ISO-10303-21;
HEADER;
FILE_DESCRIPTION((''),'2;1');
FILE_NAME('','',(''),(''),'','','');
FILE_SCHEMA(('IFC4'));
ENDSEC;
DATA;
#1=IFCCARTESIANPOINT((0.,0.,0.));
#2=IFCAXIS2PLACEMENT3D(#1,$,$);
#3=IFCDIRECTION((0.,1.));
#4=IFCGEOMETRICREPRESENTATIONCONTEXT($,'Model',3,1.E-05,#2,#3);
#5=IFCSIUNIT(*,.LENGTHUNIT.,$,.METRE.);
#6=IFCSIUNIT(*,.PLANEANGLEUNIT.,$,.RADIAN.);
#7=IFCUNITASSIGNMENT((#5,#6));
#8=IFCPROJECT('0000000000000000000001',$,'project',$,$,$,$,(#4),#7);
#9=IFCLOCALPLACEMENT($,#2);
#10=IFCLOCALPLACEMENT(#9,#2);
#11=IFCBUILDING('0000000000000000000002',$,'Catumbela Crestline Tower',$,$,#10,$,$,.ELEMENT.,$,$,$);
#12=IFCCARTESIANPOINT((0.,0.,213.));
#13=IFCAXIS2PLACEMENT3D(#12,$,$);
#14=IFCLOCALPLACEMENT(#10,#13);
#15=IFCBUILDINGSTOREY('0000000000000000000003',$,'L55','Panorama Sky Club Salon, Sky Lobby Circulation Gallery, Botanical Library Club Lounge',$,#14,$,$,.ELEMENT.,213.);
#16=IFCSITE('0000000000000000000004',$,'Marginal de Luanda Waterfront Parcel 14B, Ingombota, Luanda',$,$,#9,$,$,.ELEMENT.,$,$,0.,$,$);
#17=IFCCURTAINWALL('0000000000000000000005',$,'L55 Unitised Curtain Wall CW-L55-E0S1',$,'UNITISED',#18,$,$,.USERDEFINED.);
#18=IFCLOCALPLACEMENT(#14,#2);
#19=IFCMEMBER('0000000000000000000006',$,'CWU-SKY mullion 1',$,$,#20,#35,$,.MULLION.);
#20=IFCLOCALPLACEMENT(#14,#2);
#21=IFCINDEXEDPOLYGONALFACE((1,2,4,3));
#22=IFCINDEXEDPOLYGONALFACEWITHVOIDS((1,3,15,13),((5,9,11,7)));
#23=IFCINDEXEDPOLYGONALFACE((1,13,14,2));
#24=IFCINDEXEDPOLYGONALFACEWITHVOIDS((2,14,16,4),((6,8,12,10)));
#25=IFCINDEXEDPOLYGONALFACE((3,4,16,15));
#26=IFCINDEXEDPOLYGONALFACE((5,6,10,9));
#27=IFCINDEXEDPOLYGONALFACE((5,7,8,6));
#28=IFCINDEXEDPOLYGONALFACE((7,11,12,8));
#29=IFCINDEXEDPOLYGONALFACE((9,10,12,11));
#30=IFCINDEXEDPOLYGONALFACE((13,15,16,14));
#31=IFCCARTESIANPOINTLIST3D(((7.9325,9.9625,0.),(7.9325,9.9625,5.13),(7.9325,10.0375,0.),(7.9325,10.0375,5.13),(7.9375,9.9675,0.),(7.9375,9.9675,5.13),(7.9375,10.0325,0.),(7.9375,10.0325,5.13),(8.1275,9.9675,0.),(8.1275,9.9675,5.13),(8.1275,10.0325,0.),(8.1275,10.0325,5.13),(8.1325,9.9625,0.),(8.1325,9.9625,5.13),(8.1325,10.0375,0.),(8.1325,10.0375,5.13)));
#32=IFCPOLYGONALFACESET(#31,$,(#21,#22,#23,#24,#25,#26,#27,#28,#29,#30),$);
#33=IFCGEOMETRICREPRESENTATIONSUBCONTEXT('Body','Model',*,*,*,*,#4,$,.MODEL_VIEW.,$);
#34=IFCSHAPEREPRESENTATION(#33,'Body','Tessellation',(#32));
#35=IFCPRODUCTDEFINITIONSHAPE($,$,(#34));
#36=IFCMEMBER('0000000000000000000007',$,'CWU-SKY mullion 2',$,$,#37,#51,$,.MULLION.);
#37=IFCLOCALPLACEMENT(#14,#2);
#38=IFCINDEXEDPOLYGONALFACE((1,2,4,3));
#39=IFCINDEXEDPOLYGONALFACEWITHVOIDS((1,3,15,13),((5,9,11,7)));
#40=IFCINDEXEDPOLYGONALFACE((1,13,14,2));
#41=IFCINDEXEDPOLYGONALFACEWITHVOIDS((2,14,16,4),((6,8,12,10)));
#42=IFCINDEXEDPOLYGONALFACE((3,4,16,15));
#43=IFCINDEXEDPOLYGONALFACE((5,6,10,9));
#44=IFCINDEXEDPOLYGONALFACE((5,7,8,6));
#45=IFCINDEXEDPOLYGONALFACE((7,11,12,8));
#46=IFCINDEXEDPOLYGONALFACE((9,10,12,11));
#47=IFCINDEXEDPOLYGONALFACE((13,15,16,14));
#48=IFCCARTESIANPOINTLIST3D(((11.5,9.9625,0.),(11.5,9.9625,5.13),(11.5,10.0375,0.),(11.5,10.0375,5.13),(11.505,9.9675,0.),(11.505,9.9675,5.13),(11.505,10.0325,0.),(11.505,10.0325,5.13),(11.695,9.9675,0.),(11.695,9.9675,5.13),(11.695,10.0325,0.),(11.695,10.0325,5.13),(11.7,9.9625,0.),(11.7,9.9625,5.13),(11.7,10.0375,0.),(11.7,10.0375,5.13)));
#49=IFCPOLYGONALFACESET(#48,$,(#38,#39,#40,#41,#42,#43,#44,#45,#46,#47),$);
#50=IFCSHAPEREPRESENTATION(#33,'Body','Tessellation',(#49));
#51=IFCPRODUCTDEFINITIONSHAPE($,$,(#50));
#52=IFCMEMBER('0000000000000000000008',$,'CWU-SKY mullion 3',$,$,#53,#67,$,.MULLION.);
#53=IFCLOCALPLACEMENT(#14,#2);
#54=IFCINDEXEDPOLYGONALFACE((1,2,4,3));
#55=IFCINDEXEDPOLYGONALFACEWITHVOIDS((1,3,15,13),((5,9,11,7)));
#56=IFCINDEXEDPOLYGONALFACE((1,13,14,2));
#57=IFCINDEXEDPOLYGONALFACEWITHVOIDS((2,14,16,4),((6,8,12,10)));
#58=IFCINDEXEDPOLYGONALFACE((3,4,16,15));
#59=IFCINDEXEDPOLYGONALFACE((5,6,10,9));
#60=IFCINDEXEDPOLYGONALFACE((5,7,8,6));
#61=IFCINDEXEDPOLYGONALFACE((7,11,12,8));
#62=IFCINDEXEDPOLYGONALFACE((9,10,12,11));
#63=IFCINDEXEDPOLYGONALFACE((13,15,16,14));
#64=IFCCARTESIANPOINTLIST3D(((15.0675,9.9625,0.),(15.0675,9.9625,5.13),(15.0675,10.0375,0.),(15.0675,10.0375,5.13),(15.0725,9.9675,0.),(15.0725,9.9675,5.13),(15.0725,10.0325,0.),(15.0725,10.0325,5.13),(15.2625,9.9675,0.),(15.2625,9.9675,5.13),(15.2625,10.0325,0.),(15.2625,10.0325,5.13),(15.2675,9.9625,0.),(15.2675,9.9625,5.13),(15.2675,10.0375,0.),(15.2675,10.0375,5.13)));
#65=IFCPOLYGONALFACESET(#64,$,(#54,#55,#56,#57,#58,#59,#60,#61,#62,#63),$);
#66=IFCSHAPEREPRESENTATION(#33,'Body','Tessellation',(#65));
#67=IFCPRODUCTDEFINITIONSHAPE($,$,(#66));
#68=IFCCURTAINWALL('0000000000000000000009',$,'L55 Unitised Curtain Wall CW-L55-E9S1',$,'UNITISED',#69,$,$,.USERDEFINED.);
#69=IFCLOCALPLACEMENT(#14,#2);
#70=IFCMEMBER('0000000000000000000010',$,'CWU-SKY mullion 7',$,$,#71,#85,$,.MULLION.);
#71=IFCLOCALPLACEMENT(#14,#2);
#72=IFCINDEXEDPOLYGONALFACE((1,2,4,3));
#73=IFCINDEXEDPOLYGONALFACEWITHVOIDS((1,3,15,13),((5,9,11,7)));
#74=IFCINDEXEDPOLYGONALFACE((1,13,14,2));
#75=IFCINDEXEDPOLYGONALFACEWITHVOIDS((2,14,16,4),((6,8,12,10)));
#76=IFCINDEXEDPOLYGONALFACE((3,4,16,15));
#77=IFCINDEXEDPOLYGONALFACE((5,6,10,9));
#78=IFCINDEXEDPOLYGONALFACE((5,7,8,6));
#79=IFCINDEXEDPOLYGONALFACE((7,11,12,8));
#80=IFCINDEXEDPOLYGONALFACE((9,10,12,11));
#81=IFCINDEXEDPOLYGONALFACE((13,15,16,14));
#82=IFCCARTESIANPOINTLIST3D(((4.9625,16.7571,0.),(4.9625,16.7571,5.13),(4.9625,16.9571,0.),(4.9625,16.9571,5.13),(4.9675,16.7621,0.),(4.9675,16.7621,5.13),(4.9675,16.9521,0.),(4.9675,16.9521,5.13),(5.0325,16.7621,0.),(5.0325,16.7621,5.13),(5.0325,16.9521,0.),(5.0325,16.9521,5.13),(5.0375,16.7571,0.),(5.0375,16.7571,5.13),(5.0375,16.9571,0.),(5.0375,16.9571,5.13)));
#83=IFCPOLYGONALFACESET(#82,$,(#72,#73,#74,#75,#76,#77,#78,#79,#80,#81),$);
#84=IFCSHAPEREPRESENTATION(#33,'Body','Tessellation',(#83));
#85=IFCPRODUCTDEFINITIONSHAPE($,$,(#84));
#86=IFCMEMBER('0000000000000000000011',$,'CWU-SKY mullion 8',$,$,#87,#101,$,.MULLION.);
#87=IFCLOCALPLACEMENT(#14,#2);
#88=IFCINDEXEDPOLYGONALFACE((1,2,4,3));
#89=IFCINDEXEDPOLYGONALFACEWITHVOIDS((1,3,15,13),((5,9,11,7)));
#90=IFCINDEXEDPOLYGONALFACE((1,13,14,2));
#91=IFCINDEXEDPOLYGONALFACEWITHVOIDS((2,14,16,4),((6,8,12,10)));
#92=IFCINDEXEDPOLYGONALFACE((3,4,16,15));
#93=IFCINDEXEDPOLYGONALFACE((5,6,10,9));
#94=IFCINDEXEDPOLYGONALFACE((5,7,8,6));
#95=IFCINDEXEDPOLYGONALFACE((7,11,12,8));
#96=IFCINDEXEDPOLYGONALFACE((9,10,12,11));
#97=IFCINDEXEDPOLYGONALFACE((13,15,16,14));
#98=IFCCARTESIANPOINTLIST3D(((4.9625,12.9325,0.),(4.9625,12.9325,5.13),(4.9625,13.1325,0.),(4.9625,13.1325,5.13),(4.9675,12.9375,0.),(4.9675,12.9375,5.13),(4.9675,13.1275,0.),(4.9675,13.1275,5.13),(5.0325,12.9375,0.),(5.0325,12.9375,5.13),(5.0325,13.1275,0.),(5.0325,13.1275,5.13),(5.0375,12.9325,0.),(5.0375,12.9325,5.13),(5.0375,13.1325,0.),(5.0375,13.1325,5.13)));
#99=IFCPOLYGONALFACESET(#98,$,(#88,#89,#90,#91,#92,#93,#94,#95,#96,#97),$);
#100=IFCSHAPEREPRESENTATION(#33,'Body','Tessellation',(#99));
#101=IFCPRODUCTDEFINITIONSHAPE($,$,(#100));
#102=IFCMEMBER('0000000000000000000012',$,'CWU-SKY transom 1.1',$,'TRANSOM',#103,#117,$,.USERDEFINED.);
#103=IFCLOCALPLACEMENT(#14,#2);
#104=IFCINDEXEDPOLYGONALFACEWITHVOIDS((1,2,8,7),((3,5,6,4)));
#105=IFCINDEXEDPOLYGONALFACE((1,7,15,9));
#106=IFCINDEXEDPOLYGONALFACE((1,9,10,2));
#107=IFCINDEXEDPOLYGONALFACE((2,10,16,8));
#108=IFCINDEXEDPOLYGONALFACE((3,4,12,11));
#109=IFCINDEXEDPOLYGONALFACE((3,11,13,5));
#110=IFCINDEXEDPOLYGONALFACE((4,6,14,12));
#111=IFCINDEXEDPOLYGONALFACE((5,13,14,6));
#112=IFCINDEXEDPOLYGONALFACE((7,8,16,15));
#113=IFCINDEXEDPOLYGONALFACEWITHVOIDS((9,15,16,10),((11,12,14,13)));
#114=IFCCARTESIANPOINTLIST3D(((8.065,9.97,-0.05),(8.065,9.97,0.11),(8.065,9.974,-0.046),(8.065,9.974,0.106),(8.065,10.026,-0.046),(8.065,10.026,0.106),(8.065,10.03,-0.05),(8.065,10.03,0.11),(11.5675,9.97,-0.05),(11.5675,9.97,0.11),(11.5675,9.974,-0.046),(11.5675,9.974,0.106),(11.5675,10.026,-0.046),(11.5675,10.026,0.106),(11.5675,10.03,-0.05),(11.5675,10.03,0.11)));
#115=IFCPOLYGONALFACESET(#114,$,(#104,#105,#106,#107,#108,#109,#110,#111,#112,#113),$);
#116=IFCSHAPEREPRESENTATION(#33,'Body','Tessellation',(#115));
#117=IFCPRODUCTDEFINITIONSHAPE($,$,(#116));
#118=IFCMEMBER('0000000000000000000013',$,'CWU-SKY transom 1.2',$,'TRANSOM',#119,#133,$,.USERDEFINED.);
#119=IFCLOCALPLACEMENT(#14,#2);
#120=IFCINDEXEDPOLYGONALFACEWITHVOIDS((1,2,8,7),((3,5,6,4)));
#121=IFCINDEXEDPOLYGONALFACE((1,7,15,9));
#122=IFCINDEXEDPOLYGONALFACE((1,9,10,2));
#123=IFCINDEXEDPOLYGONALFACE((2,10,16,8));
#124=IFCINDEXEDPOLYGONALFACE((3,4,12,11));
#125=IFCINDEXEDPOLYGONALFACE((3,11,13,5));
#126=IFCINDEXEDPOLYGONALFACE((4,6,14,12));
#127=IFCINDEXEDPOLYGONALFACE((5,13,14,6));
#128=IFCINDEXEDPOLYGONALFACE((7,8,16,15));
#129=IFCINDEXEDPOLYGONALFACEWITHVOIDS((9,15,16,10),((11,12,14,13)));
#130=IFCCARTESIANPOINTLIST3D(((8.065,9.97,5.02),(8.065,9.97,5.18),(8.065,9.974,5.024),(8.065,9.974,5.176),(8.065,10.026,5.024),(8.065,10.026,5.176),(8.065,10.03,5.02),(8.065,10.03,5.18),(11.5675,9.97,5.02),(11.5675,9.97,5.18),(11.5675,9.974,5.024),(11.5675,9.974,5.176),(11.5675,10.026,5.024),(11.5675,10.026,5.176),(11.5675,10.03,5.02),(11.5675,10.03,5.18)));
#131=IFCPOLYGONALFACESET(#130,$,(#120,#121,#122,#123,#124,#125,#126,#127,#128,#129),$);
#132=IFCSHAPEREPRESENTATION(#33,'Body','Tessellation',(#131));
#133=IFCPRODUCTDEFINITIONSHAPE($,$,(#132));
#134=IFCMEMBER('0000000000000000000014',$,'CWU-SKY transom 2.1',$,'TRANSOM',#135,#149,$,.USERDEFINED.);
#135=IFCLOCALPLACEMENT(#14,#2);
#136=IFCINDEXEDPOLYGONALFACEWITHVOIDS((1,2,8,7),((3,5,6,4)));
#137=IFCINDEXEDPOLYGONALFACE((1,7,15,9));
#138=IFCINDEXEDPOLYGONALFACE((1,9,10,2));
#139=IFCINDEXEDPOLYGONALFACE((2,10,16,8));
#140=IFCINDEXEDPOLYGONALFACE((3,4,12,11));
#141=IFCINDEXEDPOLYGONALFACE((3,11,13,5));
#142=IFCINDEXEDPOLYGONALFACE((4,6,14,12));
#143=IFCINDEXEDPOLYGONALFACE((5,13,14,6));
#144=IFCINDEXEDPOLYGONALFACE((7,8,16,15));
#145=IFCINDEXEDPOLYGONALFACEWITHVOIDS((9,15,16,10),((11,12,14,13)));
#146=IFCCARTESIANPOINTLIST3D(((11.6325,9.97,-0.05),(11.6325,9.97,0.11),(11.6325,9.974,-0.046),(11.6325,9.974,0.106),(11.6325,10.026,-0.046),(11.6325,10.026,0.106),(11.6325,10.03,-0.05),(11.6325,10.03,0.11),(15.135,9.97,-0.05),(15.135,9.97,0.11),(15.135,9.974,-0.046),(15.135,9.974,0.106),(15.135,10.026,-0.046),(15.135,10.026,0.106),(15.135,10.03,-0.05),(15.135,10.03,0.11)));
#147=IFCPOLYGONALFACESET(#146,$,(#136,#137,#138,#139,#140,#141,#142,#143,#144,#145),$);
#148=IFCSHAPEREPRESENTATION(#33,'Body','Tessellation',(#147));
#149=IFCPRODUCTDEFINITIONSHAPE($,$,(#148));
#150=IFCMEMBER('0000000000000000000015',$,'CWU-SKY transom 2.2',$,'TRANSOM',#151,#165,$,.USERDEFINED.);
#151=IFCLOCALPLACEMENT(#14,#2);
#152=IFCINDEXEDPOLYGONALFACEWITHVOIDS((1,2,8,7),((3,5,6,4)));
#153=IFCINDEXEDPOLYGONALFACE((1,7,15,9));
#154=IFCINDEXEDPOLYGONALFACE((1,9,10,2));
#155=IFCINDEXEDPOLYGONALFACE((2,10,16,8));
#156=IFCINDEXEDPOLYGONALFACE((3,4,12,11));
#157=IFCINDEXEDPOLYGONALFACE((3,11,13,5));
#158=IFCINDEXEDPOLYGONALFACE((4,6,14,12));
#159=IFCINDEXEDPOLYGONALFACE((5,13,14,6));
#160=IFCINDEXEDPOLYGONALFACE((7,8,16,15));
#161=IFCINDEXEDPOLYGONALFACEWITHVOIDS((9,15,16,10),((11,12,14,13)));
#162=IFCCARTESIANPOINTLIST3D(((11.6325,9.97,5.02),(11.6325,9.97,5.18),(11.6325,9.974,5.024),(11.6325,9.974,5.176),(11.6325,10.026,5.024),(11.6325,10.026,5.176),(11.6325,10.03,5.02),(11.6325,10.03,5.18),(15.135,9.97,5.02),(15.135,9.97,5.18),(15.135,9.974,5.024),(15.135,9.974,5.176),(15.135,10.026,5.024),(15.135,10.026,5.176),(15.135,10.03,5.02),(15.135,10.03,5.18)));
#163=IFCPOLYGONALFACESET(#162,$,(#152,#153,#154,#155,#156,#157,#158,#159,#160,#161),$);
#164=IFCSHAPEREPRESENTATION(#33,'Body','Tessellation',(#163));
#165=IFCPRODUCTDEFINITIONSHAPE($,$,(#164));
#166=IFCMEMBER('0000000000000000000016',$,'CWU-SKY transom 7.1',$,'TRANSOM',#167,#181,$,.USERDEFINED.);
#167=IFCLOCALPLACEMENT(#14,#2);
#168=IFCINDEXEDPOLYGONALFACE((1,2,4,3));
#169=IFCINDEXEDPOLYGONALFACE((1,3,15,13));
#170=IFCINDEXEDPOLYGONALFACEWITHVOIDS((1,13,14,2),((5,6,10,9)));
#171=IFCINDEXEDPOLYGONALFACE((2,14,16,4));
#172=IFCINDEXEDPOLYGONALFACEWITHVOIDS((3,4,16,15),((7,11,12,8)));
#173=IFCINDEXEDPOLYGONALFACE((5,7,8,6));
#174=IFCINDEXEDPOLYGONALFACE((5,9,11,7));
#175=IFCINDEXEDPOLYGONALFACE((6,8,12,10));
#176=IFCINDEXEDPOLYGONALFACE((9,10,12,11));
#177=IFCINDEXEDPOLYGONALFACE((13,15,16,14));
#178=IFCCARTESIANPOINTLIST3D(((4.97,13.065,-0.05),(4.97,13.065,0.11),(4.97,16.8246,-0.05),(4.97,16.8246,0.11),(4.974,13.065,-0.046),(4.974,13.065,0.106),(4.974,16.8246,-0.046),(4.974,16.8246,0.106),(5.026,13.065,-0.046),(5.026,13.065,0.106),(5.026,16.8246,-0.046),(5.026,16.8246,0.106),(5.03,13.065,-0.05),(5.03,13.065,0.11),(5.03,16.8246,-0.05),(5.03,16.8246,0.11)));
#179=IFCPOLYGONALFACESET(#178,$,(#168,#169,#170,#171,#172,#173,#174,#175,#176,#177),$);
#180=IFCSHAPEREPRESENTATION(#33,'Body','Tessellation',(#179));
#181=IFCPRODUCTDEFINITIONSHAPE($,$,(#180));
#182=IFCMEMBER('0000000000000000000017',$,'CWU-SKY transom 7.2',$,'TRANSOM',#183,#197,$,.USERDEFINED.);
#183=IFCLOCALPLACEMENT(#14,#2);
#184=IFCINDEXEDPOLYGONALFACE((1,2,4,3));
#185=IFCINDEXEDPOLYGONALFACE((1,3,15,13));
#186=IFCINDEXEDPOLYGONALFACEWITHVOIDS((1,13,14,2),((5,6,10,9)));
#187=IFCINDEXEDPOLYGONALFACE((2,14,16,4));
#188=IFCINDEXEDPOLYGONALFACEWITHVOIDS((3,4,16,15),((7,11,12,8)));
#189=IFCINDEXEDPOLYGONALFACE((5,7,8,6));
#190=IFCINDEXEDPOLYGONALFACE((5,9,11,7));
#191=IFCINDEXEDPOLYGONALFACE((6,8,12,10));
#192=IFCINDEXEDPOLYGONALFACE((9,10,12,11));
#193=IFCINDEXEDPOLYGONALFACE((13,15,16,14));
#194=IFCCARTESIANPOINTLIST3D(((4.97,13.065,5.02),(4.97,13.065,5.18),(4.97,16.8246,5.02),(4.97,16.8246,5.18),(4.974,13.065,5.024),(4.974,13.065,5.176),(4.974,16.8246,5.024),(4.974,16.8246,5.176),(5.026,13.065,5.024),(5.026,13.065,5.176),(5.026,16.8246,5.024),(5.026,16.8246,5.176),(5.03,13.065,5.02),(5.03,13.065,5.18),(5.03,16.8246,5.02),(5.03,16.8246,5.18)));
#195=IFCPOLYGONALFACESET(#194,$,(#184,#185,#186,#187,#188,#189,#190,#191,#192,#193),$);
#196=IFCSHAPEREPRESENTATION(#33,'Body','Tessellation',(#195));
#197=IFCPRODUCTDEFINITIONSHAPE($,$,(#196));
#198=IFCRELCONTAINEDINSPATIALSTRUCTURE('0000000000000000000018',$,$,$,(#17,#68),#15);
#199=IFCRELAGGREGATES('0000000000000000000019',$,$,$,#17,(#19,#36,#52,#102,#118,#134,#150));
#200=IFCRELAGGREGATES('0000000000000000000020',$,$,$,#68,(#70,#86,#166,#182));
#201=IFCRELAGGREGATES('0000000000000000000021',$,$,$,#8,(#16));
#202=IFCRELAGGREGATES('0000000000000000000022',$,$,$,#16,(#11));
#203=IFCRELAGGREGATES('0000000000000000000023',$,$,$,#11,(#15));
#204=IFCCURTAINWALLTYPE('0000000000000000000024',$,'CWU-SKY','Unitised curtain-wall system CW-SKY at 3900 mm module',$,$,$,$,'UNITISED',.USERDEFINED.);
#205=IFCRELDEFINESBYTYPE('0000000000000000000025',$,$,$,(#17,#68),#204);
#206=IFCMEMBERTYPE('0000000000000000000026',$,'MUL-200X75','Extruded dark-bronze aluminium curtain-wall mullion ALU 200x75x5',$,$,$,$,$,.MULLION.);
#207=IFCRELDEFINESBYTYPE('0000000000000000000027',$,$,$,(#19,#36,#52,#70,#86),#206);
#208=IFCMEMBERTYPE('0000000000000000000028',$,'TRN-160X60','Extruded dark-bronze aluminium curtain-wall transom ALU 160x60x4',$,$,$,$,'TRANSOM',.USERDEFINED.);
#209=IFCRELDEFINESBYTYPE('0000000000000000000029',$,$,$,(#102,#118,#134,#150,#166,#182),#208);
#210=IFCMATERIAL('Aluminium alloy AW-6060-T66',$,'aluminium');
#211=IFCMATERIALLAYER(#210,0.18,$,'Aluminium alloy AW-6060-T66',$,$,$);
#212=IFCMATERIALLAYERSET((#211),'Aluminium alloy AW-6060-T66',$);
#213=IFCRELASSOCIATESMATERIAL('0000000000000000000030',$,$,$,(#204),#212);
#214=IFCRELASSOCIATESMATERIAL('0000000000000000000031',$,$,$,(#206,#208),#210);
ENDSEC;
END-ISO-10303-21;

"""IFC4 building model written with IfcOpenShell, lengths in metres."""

from ifc_helpers import new_model, si_unit, direction, frame, origin, origin_2d, place, context, subcontext, project, spatial, hollow_rectangle, extrude, material, layer, layer_set, material_profile, profile_set, type_object, element, aggregate, save


model = new_model("IFC4")

# Units and contexts
model_context = context("Model", 3, precision=1e-05, world=origin(), true_north=direction((0.0, 1.0)))
body_context = subcontext(model_context, "Body", "Model", "MODEL_VIEW")
ifc_project = project(units=[si_unit("LENGTHUNIT", "METRE"), si_unit("PLANEANGLEUNIT", "RADIAN")], contexts=[model_context])

# Site, building, storey
site_placement = place(None, origin())
site = spatial("IfcSite", under=ifc_project, at=site_placement, Name="Marginal de Luanda Waterfront Parcel 14B, Ingombota, Luanda", CompositionType="ELEMENT", RefElevation=0.0)
building_placement = place(site_placement, origin())
building = spatial("IfcBuilding", under=site, at=building_placement, Name="Catumbela Crestline Tower", CompositionType="ELEMENT")
storey_placement = place(building_placement, frame((0.0, 0.0, 213.0)))
storey = spatial("IfcBuildingStorey", under=building, at=storey_placement, Name="L55", Description="Panorama Sky Club Salon, Sky Lobby Circulation Gallery, Botanical Library Club Lounge", CompositionType="ELEMENT", Elevation=213.0)

# Curtain walls, members
ifc_material_1 = material(Name="Aluminium alloy AW-6060-T66", Category="aluminium")
ifc_layer_1 = layer(ifc_material_1, 0.18, Name="Aluminium alloy AW-6060-T66")
ifc_layer_set_1 = layer_set([ifc_layer_1], Name="Aluminium alloy AW-6060-T66")
curtain_wall_type = type_object("IfcCurtainWallType", Name="CWU-SKY", Description="Unitised curtain-wall system CW-SKY at 3900 mm module", ElementType="UNITISED", PredefinedType="USERDEFINED", material=ifc_layer_set_1)
curtain_wall_1_placement = place(storey_placement, origin())
curtain_wall_1 = element("IfcCurtainWall", 1, at=curtain_wall_1_placement, inside=storey, type_object=curtain_wall_type, Name="L55 Unitised Curtain Wall CW-L55-E0S1", ObjectType="UNITISED", PredefinedType="USERDEFINED")
ifc_material_profile_1 = material_profile(ifc_material_1, hollow_rectangle(XDim=0.075, YDim=0.2, WallThickness=0.005, at=origin_2d()), Name="ALU 200x75x5")
ifc_profile_set_1 = profile_set([ifc_material_profile_1], Name="Aluminium alloy AW-6060-T66")
member_type_1 = type_object("IfcMemberType", Name="MUL-200X75", Description="Extruded dark-bronze aluminium curtain-wall mullion ALU 200x75x5", PredefinedType="MULLION", material=ifc_profile_set_1)
member_1_placement = place(storey_placement, frame((8.0325, 10.0, 0.0), z_axis=(0.0, 0.0, 1.0), x_axis=(0.0, 1.0, 0.0)))
member_1 = element("IfcMember", 2, at=member_1_placement, type_object=member_type_1, Name="CWU-SKY mullion 1", PredefinedType="MULLION", context=body_context, shape_type="SweptSolid", body=[
    extrude(hollow_rectangle(XDim=0.075, YDim=0.2, WallThickness=0.005, at=origin_2d()), origin(), (0.0, 0.0, 1.0), 5.13),
])
member_2_placement = place(storey_placement, frame((11.6, 10.0, 0.0), z_axis=(0.0, 0.0, 1.0), x_axis=(0.0, 1.0, 0.0)))
member_2 = element("IfcMember", 3, at=member_2_placement, type_object=member_type_1, Name="CWU-SKY mullion 2", PredefinedType="MULLION", context=body_context, shape_type="SweptSolid", body=[
    extrude(hollow_rectangle(XDim=0.075, YDim=0.2, WallThickness=0.005, at=origin_2d()), origin(), (0.0, 0.0, 1.0), 5.13),
])
member_3_placement = place(storey_placement, frame((15.1675, 10.0, 0.0), z_axis=(0.0, 0.0, 1.0), x_axis=(0.0, 1.0, 0.0)))
member_3 = element("IfcMember", 4, at=member_3_placement, type_object=member_type_1, Name="CWU-SKY mullion 3", PredefinedType="MULLION", context=body_context, shape_type="SweptSolid", body=[
    extrude(hollow_rectangle(XDim=0.075, YDim=0.2, WallThickness=0.005, at=origin_2d()), origin(), (0.0, 0.0, 1.0), 5.13),
])
curtain_wall_2_placement = place(storey_placement, origin())
curtain_wall_2 = element("IfcCurtainWall", 5, at=curtain_wall_2_placement, inside=storey, type_object=curtain_wall_type, Name="L55 Unitised Curtain Wall CW-L55-E9S1", ObjectType="UNITISED", PredefinedType="USERDEFINED")
member_4_placement = place(storey_placement, frame((5.0, 16.8571, 0.0), z_axis=(0.0, 0.0, 1.0), x_axis=(1.0, 0.0, 0.0)))
member_4 = element("IfcMember", 6, at=member_4_placement, type_object=member_type_1, Name="CWU-SKY mullion 7", PredefinedType="MULLION", context=body_context, shape_type="SweptSolid", body=[
    extrude(hollow_rectangle(XDim=0.075, YDim=0.2, WallThickness=0.005, at=origin_2d()), origin(), (0.0, 0.0, 1.0), 5.13),
])
member_5_placement = place(storey_placement, frame((5.0, 13.0325, 0.0), z_axis=(0.0, 0.0, 1.0), x_axis=(1.0, 0.0, 0.0)))
member_5 = element("IfcMember", 7, at=member_5_placement, type_object=member_type_1, Name="CWU-SKY mullion 8", PredefinedType="MULLION", context=body_context, shape_type="SweptSolid", body=[
    extrude(hollow_rectangle(XDim=0.075, YDim=0.2, WallThickness=0.005, at=origin_2d()), origin(), (0.0, 0.0, 1.0), 5.13),
])

# Members
ifc_material_profile_2 = material_profile(ifc_material_1, hollow_rectangle(XDim=0.06, YDim=0.16, WallThickness=0.004, at=origin_2d()), Name="ALU 160x60x4")
ifc_profile_set_2 = profile_set([ifc_material_profile_2], Name="Aluminium alloy AW-6060-T66")
member_type_2 = type_object("IfcMemberType", Name="TRN-160X60", Description="Extruded dark-bronze aluminium curtain-wall transom ALU 160x60x4", ElementType="TRANSOM", PredefinedType="USERDEFINED", material=ifc_profile_set_2)
member_6_placement = place(storey_placement, frame((8.065, 10.0, 0.03), z_axis=(1.0, 0.0, 0.0), x_axis=(0.0, 1.0, 0.0)))
member_6 = element("IfcMember", 8, at=member_6_placement, type_object=member_type_2, Name="CWU-SKY transom 1.1", ObjectType="TRANSOM", PredefinedType="USERDEFINED", context=body_context, shape_type="SweptSolid", body=[
    extrude(hollow_rectangle(XDim=0.06, YDim=0.16, WallThickness=0.004, at=origin_2d()), origin(), (0.0, 0.0, 1.0), 3.5025),
])
member_7_placement = place(storey_placement, frame((8.065, 10.0, 5.1), z_axis=(1.0, 0.0, 0.0), x_axis=(0.0, 1.0, 0.0)))
member_7 = element("IfcMember", 9, at=member_7_placement, type_object=member_type_2, Name="CWU-SKY transom 1.2", ObjectType="TRANSOM", PredefinedType="USERDEFINED", context=body_context, shape_type="SweptSolid", body=[
    extrude(hollow_rectangle(XDim=0.06, YDim=0.16, WallThickness=0.004, at=origin_2d()), origin(), (0.0, 0.0, 1.0), 3.5025),
])
member_8_placement = place(storey_placement, frame((11.6325, 10.0, 0.03), z_axis=(1.0, 0.0, 0.0), x_axis=(0.0, 1.0, 0.0)))
member_8 = element("IfcMember", 10, at=member_8_placement, type_object=member_type_2, Name="CWU-SKY transom 2.1", ObjectType="TRANSOM", PredefinedType="USERDEFINED", context=body_context, shape_type="SweptSolid", body=[
    extrude(hollow_rectangle(XDim=0.06, YDim=0.16, WallThickness=0.004, at=origin_2d()), origin(), (0.0, 0.0, 1.0), 3.5025),
])
member_9_placement = place(storey_placement, frame((11.6325, 10.0, 5.1), z_axis=(1.0, 0.0, 0.0), x_axis=(0.0, 1.0, 0.0)))
member_9 = element("IfcMember", 11, at=member_9_placement, type_object=member_type_2, Name="CWU-SKY transom 2.2", ObjectType="TRANSOM", PredefinedType="USERDEFINED", context=body_context, shape_type="SweptSolid", body=[
    extrude(hollow_rectangle(XDim=0.06, YDim=0.16, WallThickness=0.004, at=origin_2d()), origin(), (0.0, 0.0, 1.0), 3.5025),
])
member_10_placement = place(storey_placement, frame((5.0, 16.8246, 0.03), z_axis=(0.0, -1.0, 0.0), x_axis=(1.0, 0.0, 0.0)))
member_10 = element("IfcMember", 12, at=member_10_placement, type_object=member_type_2, Name="CWU-SKY transom 7.1", ObjectType="TRANSOM", PredefinedType="USERDEFINED", context=body_context, shape_type="SweptSolid", body=[
    extrude(hollow_rectangle(XDim=0.06, YDim=0.16, WallThickness=0.004, at=origin_2d()), origin(), (0.0, 0.0, 1.0), 3.7596),
])
member_11_placement = place(storey_placement, frame((5.0, 16.8246, 5.1), z_axis=(0.0, -1.0, 0.0), x_axis=(1.0, 0.0, 0.0)))
member_11 = element("IfcMember", 13, at=member_11_placement, type_object=member_type_2, Name="CWU-SKY transom 7.2", ObjectType="TRANSOM", PredefinedType="USERDEFINED", context=body_context, shape_type="SweptSolid", body=[
    extrude(hollow_rectangle(XDim=0.06, YDim=0.16, WallThickness=0.004, at=origin_2d()), origin(), (0.0, 0.0, 1.0), 3.7596),
])

aggregate(curtain_wall_1, [member_1, member_2, member_3, member_6, member_7, member_8, member_9])
aggregate(curtain_wall_2, [member_4, member_5, member_10, member_11])

save(model, "model.ifc")
